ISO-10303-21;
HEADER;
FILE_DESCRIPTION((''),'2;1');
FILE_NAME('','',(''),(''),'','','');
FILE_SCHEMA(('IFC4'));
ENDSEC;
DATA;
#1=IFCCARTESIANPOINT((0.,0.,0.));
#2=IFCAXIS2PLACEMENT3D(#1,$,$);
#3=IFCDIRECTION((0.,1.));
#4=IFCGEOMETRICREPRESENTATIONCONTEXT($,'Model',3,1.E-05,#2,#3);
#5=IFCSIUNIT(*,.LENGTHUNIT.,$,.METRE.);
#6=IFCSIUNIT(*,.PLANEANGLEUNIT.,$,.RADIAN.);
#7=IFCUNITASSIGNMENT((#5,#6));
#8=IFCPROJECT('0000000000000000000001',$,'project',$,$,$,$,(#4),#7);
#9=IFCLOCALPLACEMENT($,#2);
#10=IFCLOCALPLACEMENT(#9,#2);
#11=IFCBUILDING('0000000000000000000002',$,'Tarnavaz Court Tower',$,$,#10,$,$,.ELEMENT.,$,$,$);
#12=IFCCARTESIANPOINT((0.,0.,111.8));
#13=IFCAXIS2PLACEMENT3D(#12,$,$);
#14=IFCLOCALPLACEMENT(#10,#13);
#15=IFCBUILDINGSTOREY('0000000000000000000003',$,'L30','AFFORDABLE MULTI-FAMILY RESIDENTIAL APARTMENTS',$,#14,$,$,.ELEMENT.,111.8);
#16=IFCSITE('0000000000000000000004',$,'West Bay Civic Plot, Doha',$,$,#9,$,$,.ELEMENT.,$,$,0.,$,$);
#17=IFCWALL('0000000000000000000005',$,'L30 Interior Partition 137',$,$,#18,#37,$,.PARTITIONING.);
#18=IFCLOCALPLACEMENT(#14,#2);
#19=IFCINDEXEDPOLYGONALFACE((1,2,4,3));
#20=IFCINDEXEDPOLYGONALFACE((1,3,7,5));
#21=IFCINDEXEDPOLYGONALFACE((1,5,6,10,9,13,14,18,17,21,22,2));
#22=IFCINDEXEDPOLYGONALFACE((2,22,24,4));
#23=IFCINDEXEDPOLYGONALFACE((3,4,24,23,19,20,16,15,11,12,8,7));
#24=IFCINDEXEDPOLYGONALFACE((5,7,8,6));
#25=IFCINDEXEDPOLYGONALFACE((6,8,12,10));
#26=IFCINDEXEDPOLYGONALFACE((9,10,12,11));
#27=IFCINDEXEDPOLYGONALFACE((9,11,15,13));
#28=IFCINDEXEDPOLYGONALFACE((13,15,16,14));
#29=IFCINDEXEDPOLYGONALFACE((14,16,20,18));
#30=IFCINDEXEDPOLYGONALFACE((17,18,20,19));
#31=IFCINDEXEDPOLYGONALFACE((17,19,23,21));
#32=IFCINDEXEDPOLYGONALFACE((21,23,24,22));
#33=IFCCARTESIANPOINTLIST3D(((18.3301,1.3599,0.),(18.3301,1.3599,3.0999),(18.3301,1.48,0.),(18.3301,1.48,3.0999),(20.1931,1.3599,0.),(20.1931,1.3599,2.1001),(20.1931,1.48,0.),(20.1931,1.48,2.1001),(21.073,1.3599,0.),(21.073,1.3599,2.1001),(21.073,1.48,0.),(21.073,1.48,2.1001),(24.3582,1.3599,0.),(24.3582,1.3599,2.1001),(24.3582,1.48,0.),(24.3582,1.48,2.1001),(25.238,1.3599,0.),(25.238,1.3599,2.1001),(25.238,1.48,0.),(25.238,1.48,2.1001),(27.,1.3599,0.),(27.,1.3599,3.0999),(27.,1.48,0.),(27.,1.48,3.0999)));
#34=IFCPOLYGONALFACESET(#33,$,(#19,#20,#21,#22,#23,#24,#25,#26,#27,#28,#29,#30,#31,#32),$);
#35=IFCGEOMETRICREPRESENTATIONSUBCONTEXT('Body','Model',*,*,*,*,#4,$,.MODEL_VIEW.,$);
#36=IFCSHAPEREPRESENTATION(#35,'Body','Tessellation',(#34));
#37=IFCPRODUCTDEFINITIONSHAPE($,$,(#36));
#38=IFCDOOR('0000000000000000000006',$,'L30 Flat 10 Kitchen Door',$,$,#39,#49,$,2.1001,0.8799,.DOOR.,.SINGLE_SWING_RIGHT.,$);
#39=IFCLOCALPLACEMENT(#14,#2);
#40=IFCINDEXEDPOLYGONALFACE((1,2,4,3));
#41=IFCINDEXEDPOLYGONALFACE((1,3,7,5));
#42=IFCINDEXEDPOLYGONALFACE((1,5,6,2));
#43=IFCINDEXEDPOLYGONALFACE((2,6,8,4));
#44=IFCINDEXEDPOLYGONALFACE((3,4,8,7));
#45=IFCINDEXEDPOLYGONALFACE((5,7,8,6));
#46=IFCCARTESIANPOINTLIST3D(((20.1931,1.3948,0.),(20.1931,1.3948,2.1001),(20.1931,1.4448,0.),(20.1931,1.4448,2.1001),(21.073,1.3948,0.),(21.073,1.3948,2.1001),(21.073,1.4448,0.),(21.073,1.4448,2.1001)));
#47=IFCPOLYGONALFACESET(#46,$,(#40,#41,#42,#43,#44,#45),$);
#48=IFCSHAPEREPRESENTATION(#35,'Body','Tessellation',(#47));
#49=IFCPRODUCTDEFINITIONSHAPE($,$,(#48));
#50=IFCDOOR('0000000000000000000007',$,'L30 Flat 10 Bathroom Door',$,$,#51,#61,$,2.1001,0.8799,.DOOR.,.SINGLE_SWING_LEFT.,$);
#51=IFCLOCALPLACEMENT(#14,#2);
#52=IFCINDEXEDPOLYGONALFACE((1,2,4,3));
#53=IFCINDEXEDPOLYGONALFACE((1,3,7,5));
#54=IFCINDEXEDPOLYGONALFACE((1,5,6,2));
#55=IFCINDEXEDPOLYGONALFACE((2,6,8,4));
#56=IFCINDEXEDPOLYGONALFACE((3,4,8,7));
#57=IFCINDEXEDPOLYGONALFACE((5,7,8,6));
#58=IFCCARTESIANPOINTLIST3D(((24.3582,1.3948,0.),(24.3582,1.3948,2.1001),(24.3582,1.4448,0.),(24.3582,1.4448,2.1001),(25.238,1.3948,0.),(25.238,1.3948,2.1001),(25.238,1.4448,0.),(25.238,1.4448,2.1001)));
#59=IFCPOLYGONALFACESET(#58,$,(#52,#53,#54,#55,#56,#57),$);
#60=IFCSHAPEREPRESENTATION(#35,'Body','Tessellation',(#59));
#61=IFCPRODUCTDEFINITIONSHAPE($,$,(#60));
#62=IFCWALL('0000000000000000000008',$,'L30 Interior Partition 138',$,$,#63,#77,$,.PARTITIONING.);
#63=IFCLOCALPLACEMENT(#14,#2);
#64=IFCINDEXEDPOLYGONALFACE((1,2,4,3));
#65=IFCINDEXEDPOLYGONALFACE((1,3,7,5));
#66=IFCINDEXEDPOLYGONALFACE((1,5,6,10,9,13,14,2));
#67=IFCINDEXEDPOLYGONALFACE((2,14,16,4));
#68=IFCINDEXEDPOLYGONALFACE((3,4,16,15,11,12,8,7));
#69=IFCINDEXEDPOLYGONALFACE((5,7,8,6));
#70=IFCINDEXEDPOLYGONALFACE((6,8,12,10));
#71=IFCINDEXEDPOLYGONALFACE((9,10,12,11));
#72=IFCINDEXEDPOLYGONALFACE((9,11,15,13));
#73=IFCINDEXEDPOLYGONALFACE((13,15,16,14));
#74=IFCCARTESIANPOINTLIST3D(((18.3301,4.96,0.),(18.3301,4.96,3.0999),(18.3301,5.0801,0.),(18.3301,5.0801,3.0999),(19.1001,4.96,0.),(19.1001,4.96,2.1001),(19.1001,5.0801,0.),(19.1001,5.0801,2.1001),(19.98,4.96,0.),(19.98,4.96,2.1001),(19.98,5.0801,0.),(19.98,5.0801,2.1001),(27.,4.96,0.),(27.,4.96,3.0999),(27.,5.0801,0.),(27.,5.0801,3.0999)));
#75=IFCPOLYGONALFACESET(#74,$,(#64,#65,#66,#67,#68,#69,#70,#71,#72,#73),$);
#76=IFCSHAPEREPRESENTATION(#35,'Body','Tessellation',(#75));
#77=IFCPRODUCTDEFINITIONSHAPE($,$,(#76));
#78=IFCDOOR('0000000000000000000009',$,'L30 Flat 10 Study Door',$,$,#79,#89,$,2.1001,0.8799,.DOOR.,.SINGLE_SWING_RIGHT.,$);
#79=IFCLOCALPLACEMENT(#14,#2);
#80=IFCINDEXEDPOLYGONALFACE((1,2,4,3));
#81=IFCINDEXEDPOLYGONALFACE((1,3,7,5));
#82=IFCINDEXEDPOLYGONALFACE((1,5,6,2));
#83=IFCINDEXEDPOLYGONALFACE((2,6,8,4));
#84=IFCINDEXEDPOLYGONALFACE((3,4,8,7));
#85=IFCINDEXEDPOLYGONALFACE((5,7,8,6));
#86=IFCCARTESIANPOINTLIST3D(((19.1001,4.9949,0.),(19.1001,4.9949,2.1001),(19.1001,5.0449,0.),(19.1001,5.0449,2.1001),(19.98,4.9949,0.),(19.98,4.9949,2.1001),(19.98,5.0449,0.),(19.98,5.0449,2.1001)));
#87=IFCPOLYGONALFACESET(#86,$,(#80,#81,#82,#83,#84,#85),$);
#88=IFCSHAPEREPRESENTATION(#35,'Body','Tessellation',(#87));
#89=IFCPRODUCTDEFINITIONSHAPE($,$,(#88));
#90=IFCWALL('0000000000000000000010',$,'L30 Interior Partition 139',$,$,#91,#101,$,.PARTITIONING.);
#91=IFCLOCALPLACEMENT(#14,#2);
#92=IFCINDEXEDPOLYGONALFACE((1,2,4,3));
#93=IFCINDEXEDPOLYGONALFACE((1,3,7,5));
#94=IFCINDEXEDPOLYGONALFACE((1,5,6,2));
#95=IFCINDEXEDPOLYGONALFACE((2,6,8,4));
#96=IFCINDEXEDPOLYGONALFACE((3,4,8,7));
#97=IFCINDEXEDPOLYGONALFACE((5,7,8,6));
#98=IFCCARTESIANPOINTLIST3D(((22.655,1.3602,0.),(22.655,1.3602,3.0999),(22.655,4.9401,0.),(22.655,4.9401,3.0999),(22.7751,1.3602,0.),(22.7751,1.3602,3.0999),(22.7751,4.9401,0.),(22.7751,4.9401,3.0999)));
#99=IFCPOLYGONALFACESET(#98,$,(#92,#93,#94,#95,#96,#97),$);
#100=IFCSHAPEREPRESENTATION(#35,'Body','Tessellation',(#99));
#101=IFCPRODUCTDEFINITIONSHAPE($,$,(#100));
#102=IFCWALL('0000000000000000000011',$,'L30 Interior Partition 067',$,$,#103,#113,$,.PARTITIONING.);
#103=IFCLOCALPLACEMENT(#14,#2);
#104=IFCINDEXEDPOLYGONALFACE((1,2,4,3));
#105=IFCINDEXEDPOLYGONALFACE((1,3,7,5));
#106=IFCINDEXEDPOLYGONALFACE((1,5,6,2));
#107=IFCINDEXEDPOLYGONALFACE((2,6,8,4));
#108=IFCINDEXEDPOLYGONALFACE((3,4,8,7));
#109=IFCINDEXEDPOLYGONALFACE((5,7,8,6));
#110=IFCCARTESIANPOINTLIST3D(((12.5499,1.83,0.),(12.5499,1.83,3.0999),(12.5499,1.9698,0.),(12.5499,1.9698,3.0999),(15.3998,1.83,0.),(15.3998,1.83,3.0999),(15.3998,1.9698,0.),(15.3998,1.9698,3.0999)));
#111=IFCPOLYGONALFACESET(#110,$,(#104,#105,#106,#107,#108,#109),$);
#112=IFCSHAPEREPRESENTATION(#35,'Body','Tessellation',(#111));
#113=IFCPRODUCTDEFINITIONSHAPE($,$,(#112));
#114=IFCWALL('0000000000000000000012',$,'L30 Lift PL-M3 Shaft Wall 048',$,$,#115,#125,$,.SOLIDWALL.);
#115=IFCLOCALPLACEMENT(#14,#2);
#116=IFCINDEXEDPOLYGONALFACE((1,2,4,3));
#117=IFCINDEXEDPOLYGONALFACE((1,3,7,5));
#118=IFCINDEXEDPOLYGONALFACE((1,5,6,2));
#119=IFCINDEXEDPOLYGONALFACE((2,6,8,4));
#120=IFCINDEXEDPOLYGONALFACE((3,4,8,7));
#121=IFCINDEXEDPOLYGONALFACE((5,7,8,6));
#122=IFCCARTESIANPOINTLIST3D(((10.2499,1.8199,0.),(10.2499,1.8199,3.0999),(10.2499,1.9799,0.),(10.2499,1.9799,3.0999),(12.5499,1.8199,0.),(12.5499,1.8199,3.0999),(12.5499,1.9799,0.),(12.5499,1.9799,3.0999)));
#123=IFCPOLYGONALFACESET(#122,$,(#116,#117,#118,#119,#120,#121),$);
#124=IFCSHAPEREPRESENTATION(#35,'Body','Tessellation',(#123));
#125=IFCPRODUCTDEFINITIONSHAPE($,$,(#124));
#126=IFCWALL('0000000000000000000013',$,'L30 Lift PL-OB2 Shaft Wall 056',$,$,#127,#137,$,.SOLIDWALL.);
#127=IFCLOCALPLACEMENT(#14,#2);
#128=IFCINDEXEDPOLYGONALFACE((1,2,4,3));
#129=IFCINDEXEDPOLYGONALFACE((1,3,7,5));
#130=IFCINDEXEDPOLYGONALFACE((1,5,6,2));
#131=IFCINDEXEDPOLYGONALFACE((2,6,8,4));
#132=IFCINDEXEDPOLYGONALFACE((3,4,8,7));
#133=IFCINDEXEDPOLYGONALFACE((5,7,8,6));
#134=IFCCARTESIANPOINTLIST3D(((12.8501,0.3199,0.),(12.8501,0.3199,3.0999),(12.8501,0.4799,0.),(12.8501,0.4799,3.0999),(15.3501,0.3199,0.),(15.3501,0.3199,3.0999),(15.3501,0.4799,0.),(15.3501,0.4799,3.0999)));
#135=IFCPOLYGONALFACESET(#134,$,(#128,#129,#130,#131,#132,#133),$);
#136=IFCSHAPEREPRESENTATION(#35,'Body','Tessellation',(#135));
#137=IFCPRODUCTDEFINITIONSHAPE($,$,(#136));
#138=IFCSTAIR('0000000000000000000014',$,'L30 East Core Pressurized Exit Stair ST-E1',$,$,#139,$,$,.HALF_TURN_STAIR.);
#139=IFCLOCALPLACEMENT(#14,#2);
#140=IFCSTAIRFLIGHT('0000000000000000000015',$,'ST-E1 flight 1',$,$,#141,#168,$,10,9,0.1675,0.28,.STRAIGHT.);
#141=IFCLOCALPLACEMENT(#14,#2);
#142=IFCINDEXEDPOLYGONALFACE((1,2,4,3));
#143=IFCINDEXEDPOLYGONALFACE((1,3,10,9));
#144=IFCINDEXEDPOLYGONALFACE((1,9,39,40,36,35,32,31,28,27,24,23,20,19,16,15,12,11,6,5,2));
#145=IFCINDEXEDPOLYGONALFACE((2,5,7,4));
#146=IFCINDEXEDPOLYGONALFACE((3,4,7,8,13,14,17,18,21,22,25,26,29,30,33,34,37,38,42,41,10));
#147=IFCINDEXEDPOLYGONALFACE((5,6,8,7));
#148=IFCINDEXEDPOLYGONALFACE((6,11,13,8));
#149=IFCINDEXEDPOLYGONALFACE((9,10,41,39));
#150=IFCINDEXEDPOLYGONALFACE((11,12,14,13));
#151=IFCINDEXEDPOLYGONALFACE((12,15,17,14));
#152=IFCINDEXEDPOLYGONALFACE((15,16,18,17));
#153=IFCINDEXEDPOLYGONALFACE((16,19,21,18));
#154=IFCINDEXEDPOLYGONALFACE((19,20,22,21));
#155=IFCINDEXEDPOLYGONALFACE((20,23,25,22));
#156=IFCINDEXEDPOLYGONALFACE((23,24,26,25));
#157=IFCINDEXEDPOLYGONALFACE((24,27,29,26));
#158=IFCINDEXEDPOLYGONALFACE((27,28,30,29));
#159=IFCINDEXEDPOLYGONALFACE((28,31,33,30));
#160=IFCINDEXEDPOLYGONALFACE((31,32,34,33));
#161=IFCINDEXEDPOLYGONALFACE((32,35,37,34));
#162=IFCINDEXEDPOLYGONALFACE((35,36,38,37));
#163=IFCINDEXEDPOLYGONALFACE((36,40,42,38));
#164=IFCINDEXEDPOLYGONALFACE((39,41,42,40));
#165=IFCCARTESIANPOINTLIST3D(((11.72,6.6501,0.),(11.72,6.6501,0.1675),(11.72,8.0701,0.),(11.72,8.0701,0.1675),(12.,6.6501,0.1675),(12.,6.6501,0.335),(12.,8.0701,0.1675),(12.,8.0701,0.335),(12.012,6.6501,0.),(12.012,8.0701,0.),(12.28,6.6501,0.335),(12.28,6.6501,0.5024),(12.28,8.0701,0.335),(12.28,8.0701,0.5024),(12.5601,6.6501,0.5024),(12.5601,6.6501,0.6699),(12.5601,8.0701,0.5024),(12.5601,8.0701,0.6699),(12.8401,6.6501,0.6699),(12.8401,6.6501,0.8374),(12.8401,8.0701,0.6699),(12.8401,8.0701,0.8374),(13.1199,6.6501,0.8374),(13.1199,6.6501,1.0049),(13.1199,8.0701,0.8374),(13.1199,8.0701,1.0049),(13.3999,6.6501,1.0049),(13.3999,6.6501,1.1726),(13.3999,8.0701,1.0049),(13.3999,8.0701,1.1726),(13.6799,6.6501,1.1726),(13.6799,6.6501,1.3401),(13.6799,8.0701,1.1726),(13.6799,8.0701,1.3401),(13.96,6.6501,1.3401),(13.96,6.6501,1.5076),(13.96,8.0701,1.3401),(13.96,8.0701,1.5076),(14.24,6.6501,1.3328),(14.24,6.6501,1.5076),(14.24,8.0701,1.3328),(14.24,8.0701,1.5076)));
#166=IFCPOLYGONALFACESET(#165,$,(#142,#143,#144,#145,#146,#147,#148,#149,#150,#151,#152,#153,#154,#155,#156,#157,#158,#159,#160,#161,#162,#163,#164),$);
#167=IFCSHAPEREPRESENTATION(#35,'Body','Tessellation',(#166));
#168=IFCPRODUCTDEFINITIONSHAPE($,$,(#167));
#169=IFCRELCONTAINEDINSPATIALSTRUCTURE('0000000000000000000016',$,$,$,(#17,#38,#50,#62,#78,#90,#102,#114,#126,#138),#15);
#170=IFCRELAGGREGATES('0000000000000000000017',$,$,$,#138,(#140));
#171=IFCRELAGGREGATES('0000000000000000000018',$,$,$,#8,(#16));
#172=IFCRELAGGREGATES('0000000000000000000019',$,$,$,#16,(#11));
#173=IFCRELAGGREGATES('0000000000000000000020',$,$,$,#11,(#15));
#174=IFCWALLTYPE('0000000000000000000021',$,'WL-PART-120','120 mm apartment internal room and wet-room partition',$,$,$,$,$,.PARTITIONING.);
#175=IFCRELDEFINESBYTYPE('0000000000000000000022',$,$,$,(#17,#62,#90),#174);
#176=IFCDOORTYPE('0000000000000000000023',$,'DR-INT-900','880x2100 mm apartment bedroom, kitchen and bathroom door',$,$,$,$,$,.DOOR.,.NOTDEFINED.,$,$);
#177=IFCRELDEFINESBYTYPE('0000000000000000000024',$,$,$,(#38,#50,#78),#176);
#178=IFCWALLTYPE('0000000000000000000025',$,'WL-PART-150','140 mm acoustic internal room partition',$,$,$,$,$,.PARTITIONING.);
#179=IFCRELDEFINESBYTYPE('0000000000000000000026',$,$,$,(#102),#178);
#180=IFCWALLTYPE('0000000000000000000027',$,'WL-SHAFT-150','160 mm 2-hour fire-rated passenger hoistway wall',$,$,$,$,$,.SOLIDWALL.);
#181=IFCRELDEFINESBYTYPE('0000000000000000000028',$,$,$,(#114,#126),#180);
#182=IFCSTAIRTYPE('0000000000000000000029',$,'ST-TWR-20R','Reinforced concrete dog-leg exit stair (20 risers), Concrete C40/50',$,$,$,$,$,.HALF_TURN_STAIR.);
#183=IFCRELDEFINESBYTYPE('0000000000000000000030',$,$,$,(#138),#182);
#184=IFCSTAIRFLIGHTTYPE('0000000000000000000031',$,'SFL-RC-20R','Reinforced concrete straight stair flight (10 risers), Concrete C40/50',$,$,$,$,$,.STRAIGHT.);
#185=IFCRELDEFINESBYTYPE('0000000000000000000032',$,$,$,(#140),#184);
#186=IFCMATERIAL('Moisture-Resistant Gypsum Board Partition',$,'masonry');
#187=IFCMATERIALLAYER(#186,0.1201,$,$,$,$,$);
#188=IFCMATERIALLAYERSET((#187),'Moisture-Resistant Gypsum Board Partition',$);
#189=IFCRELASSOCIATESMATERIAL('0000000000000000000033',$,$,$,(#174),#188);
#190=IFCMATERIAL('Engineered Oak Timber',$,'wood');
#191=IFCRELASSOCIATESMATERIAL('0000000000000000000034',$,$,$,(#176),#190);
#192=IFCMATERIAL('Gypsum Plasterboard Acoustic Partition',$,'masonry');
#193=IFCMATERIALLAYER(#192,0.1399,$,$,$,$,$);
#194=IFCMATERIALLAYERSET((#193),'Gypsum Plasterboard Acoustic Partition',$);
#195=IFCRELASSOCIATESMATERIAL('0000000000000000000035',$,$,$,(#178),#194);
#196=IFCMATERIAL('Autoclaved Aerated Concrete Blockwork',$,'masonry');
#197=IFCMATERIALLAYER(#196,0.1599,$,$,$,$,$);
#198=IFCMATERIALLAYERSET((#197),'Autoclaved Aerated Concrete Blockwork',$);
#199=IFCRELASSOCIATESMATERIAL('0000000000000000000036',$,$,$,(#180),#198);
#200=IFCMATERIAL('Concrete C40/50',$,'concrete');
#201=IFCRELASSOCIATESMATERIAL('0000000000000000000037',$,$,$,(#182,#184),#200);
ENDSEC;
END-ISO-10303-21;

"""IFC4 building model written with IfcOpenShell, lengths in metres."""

from ifc_helpers import new_model, si_unit, direction, frame, frame_2d, origin, place, context, subcontext, project, spatial, polyline, rectangle, outline, extrude, material, layer, layer_set, type_object, element, fill, aggregate, save


model = new_model("IFC4")

# Units and contexts
model_context = context("Model", 3, precision=1e-05, world=origin(), true_north=direction((0.0, 1.0)))
body_context = subcontext(model_context, "Body", "Model", "MODEL_VIEW")
ifc_project = project(units=[si_unit("LENGTHUNIT", "METRE"), si_unit("PLANEANGLEUNIT", "RADIAN")], contexts=[model_context])

# Site, building, storey
site_placement = place(None, origin())
site = spatial("IfcSite", under=ifc_project, at=site_placement, Name="West Bay Civic Plot, Doha", CompositionType="ELEMENT", RefElevation=0.0)
building_placement = place(site_placement, origin())
building = spatial("IfcBuilding", under=site, at=building_placement, Name="Tarnavaz Court Tower", CompositionType="ELEMENT")
storey_placement = place(building_placement, frame((0.0, 0.0, 111.8)))
storey = spatial("IfcBuildingStorey", under=building, at=storey_placement, Name="L30", Description="AFFORDABLE MULTI-FAMILY RESIDENTIAL APARTMENTS", CompositionType="ELEMENT", Elevation=111.8)

# Wall, openings, doors
ifc_material_1 = material(Name="Moisture-Resistant Gypsum Board Partition", Category="masonry")
ifc_layer_1 = layer(ifc_material_1, 0.1201)
ifc_layer_set_1 = layer_set([ifc_layer_1], Name="Moisture-Resistant Gypsum Board Partition")
wall_type_1 = type_object("IfcWallType", Name="WL-PART-120", Description="120 mm apartment internal room and wet-room partition", PredefinedType="PARTITIONING", material=ifc_layer_set_1)
wall_1_placement = place(storey_placement, frame((18.3301, 1.4199, 0.0), z_axis=(0.0, 0.0, 1.0), x_axis=(1.0, 0.0, 0.0)))
wall_1 = element("IfcWall", 1, at=wall_1_placement, inside=storey, type_object=wall_type_1, Name="L30 Interior Partition 137", PredefinedType="PARTITIONING", context=body_context, shape_type="SweptSolid", body=[
    extrude(rectangle(XDim=8.6699, YDim=0.1201, at=frame_2d((4.335, 0.0))), origin(), (0.0, 0.0, 1.0), 3.0999),
])
opening_1_placement = place(wall_1_placement, frame((1.863, 0.0, 0.0)))
opening_1 = element("IfcOpeningElement", 2, at=opening_1_placement, cuts=wall_1, PredefinedType="OPENING", context=body_context, shape_type="SweptSolid", body=[
    extrude(rectangle(XDim=0.8799, YDim=2.1001, at=frame_2d((0.4399, 1.05))), frame((0.0, 0.0701, 0.0), z_axis=(0.0, -1.0, 0.0), x_axis=(1.0, 0.0, 0.0)), (0.0, 0.0, 1.0), 0.1401),
])
opening_2_placement = place(wall_1_placement, frame((6.0281, 0.0, 0.0)))
opening_2 = element("IfcOpeningElement", 3, at=opening_2_placement, cuts=wall_1, PredefinedType="OPENING", context=body_context, shape_type="SweptSolid", body=[
    extrude(rectangle(XDim=0.8799, YDim=2.1001, at=frame_2d((0.4399, 1.05))), frame((0.0, 0.0701, 0.0), z_axis=(0.0, -1.0, 0.0), x_axis=(1.0, 0.0, 0.0)), (0.0, 0.0, 1.0), 0.1401),
])
ifc_material_2 = material(Name="Engineered Oak Timber", Category="wood")
door_type_1 = type_object("IfcDoorType", Name="DR-INT-900", Description="880x2100 mm apartment bedroom, kitchen and bathroom door", OperationType="NOTDEFINED", PredefinedType="DOOR", material=ifc_material_2)
door_1_placement = place(opening_1_placement, origin())
door_1 = element("IfcDoor", 4, at=door_1_placement, inside=storey, type_object=door_type_1, Name="L30 Flat 10 Kitchen Door", OperationType="SINGLE_SWING_RIGHT", OverallHeight=2.1001, OverallWidth=0.8799, PredefinedType="DOOR", context=body_context, shape_type="SweptSolid", body=[
    extrude(rectangle(XDim=0.8799, YDim=2.1001, at=frame_2d((0.4399, 1.05))), frame((0.0, 0.0249, 0.0), z_axis=(0.0, -1.0, 0.0), x_axis=(1.0, 0.0, 0.0)), (0.0, 0.0, 1.0), 0.05),
])
fill(opening_1, door_1)
door_2_placement = place(opening_2_placement, origin())
door_2 = element("IfcDoor", 5, at=door_2_placement, inside=storey, type_object=door_type_1, Name="L30 Flat 10 Bathroom Door", OperationType="SINGLE_SWING_LEFT", OverallHeight=2.1001, OverallWidth=0.8799, PredefinedType="DOOR", context=body_context, shape_type="SweptSolid", body=[
    extrude(rectangle(XDim=0.8799, YDim=2.1001, at=frame_2d((0.4399, 1.05))), frame((0.0, 0.0249, 0.0), z_axis=(0.0, -1.0, 0.0), x_axis=(1.0, 0.0, 0.0)), (0.0, 0.0, 1.0), 0.05),
])
fill(opening_2, door_2)

# Wall, opening, door
wall_2_placement = place(storey_placement, frame((18.3301, 5.02, 0.0), z_axis=(0.0, 0.0, 1.0), x_axis=(1.0, 0.0, 0.0)))
wall_2 = element("IfcWall", 6, at=wall_2_placement, inside=storey, type_object=wall_type_1, Name="L30 Interior Partition 138", PredefinedType="PARTITIONING", context=body_context, shape_type="SweptSolid", body=[
    extrude(rectangle(XDim=8.6699, YDim=0.1201, at=frame_2d((4.335, 0.0))), origin(), (0.0, 0.0, 1.0), 3.0999),
])
opening_3_placement = place(wall_2_placement, frame((0.77, 0.0, 0.0)))
opening_3 = element("IfcOpeningElement", 7, at=opening_3_placement, cuts=wall_2, PredefinedType="OPENING", context=body_context, shape_type="SweptSolid", body=[
    extrude(rectangle(XDim=0.8799, YDim=2.1001, at=frame_2d((0.4399, 1.05))), frame((0.0, 0.0701, 0.0), z_axis=(0.0, -1.0, 0.0), x_axis=(1.0, 0.0, 0.0)), (0.0, 0.0, 1.0), 0.1401),
])
door_3_placement = place(opening_3_placement, origin())
door_3 = element("IfcDoor", 8, at=door_3_placement, inside=storey, type_object=door_type_1, Name="L30 Flat 10 Study Door", OperationType="SINGLE_SWING_RIGHT", OverallHeight=2.1001, OverallWidth=0.8799, PredefinedType="DOOR", context=body_context, shape_type="SweptSolid", body=[
    extrude(rectangle(XDim=0.8799, YDim=2.1001, at=frame_2d((0.4399, 1.05))), frame((0.0, 0.0249, 0.0), z_axis=(0.0, -1.0, 0.0), x_axis=(1.0, 0.0, 0.0)), (0.0, 0.0, 1.0), 0.05),
])
fill(opening_3, door_3)

# Walls
wall_3_placement = place(storey_placement, frame((22.7151, 1.3601, 0.0), z_axis=(0.0, 0.0, 1.0), x_axis=(0.0, 1.0, 0.0)))
element("IfcWall", 9, at=wall_3_placement, inside=storey, type_object=wall_type_1, Name="L30 Interior Partition 139", PredefinedType="PARTITIONING", context=body_context, shape_type="SweptSolid", body=[
    extrude(rectangle(XDim=3.5798, YDim=0.1201, at=frame_2d((1.79, 0.0))), origin(), (0.0, 0.0, 1.0), 3.0999),
])
ifc_material_3 = material(Name="Gypsum Plasterboard Acoustic Partition", Category="masonry")
ifc_layer_2 = layer(ifc_material_3, 0.1399)
ifc_layer_set_2 = layer_set([ifc_layer_2], Name="Gypsum Plasterboard Acoustic Partition")
wall_type_2 = type_object("IfcWallType", Name="WL-PART-150", Description="140 mm acoustic internal room partition", PredefinedType="PARTITIONING", material=ifc_layer_set_2)
wall_4_placement = place(storey_placement, frame((12.55, 1.8999, 0.0), z_axis=(0.0, 0.0, 1.0), x_axis=(1.0, 0.0, 0.0)))
element("IfcWall", 10, at=wall_4_placement, inside=storey, type_object=wall_type_2, Name="L30 Interior Partition 067", PredefinedType="PARTITIONING", context=body_context, shape_type="SweptSolid", body=[
    extrude(rectangle(XDim=2.8499, YDim=0.1399, at=frame_2d((1.4248, 0.0))), origin(), (0.0, 0.0, 1.0), 3.0999),
])
ifc_material_4 = material(Name="Autoclaved Aerated Concrete Blockwork", Category="masonry")
ifc_layer_3 = layer(ifc_material_4, 0.1599)
ifc_layer_set_3 = layer_set([ifc_layer_3], Name="Autoclaved Aerated Concrete Blockwork")
wall_type_3 = type_object("IfcWallType", Name="WL-SHAFT-150", Description="160 mm 2-hour fire-rated passenger hoistway wall", PredefinedType="SOLIDWALL", material=ifc_layer_set_3)
wall_5_placement = place(storey_placement, frame((10.25, 1.8999, 0.0), z_axis=(0.0, 0.0, 1.0), x_axis=(1.0, 0.0, 0.0)))
element("IfcWall", 11, at=wall_5_placement, inside=storey, type_object=wall_type_3, Name="L30 Lift PL-M3 Shaft Wall 048", PredefinedType="SOLIDWALL", context=body_context, shape_type="SweptSolid", body=[
    extrude(rectangle(XDim=2.3, YDim=0.1599, at=frame_2d((1.1499, 0.0))), origin(), (0.0, 0.0, 1.0), 3.0999),
])
wall_6_placement = place(storey_placement, frame((12.8501, 0.3999, 0.0), z_axis=(0.0, 0.0, 1.0), x_axis=(1.0, 0.0, 0.0)))
element("IfcWall", 12, at=wall_6_placement, inside=storey, type_object=wall_type_3, Name="L30 Lift PL-OB2 Shaft Wall 056", PredefinedType="SOLIDWALL", context=body_context, shape_type="SweptSolid", body=[
    extrude(rectangle(XDim=2.5, YDim=0.1599, at=frame_2d((1.25, 0.0))), origin(), (0.0, 0.0, 1.0), 3.0999),
])

# Stair, stair flight
ifc_material_5 = material(Name="Concrete C40/50", Category="concrete")
stair_type = type_object("IfcStairType", Name="ST-TWR-20R", Description="Reinforced concrete dog-leg exit stair (20 risers), Concrete C40/50", PredefinedType="HALF_TURN_STAIR", material=ifc_material_5)
stair_placement = place(storey_placement, origin())
stair = element("IfcStair", 13, at=stair_placement, inside=storey, type_object=stair_type, Name="L30 East Core Pressurized Exit Stair ST-E1", PredefinedType="HALF_TURN_STAIR")
stair_flight_type = type_object("IfcStairFlightType", Name="SFL-RC-20R", Description="Reinforced concrete straight stair flight (10 risers), Concrete C40/50", PredefinedType="STRAIGHT", material=ifc_material_5)
stair_flight_1_placement = place(storey_placement, frame((11.72, 7.3601, 0.0), z_axis=(0.0, 0.0, 1.0), x_axis=(1.0, 0.0, 0.0)))
stair_flight_1 = element("IfcStairFlight", 14, at=stair_flight_1_placement, type_object=stair_flight_type, Name="ST-E1 flight 1", NumberOfRisers=10, NumberOfTreads=9, PredefinedType="STRAIGHT", RiserHeight=0.1675, TreadLength=0.28, context=body_context, shape_type="SweptSolid", body=[
    extrude(outline(polyline([(0.0, 0.0), (0.0, 0.1675), (0.28, 0.1675), (0.28, 0.335), (0.5601, 0.335), (0.5601, 0.5024), (0.8401, 0.5024), (0.8401, 0.6699), (1.1201, 0.6699), (1.1201, 0.8374), (1.3999, 0.8374), (1.3999, 1.0049), (1.6799, 1.0049), (1.6799, 1.1726), (1.96, 1.1726), (1.96, 1.3401), (2.24, 1.3401), (2.24, 1.5076), (2.52, 1.5076), (2.52, 1.675), (2.52, 1.3328), (0.292, 0.0), (0.0, 0.0)])), frame((0.0, 0.71, 0.0), z_axis=(0.0, -1.0, 0.0), x_axis=(1.0, 0.0, 0.0)), (0.0, 0.0, 1.0), 1.4199),
])
aggregate(stair, [stair_flight_1])

save(model, "model.ifc")
